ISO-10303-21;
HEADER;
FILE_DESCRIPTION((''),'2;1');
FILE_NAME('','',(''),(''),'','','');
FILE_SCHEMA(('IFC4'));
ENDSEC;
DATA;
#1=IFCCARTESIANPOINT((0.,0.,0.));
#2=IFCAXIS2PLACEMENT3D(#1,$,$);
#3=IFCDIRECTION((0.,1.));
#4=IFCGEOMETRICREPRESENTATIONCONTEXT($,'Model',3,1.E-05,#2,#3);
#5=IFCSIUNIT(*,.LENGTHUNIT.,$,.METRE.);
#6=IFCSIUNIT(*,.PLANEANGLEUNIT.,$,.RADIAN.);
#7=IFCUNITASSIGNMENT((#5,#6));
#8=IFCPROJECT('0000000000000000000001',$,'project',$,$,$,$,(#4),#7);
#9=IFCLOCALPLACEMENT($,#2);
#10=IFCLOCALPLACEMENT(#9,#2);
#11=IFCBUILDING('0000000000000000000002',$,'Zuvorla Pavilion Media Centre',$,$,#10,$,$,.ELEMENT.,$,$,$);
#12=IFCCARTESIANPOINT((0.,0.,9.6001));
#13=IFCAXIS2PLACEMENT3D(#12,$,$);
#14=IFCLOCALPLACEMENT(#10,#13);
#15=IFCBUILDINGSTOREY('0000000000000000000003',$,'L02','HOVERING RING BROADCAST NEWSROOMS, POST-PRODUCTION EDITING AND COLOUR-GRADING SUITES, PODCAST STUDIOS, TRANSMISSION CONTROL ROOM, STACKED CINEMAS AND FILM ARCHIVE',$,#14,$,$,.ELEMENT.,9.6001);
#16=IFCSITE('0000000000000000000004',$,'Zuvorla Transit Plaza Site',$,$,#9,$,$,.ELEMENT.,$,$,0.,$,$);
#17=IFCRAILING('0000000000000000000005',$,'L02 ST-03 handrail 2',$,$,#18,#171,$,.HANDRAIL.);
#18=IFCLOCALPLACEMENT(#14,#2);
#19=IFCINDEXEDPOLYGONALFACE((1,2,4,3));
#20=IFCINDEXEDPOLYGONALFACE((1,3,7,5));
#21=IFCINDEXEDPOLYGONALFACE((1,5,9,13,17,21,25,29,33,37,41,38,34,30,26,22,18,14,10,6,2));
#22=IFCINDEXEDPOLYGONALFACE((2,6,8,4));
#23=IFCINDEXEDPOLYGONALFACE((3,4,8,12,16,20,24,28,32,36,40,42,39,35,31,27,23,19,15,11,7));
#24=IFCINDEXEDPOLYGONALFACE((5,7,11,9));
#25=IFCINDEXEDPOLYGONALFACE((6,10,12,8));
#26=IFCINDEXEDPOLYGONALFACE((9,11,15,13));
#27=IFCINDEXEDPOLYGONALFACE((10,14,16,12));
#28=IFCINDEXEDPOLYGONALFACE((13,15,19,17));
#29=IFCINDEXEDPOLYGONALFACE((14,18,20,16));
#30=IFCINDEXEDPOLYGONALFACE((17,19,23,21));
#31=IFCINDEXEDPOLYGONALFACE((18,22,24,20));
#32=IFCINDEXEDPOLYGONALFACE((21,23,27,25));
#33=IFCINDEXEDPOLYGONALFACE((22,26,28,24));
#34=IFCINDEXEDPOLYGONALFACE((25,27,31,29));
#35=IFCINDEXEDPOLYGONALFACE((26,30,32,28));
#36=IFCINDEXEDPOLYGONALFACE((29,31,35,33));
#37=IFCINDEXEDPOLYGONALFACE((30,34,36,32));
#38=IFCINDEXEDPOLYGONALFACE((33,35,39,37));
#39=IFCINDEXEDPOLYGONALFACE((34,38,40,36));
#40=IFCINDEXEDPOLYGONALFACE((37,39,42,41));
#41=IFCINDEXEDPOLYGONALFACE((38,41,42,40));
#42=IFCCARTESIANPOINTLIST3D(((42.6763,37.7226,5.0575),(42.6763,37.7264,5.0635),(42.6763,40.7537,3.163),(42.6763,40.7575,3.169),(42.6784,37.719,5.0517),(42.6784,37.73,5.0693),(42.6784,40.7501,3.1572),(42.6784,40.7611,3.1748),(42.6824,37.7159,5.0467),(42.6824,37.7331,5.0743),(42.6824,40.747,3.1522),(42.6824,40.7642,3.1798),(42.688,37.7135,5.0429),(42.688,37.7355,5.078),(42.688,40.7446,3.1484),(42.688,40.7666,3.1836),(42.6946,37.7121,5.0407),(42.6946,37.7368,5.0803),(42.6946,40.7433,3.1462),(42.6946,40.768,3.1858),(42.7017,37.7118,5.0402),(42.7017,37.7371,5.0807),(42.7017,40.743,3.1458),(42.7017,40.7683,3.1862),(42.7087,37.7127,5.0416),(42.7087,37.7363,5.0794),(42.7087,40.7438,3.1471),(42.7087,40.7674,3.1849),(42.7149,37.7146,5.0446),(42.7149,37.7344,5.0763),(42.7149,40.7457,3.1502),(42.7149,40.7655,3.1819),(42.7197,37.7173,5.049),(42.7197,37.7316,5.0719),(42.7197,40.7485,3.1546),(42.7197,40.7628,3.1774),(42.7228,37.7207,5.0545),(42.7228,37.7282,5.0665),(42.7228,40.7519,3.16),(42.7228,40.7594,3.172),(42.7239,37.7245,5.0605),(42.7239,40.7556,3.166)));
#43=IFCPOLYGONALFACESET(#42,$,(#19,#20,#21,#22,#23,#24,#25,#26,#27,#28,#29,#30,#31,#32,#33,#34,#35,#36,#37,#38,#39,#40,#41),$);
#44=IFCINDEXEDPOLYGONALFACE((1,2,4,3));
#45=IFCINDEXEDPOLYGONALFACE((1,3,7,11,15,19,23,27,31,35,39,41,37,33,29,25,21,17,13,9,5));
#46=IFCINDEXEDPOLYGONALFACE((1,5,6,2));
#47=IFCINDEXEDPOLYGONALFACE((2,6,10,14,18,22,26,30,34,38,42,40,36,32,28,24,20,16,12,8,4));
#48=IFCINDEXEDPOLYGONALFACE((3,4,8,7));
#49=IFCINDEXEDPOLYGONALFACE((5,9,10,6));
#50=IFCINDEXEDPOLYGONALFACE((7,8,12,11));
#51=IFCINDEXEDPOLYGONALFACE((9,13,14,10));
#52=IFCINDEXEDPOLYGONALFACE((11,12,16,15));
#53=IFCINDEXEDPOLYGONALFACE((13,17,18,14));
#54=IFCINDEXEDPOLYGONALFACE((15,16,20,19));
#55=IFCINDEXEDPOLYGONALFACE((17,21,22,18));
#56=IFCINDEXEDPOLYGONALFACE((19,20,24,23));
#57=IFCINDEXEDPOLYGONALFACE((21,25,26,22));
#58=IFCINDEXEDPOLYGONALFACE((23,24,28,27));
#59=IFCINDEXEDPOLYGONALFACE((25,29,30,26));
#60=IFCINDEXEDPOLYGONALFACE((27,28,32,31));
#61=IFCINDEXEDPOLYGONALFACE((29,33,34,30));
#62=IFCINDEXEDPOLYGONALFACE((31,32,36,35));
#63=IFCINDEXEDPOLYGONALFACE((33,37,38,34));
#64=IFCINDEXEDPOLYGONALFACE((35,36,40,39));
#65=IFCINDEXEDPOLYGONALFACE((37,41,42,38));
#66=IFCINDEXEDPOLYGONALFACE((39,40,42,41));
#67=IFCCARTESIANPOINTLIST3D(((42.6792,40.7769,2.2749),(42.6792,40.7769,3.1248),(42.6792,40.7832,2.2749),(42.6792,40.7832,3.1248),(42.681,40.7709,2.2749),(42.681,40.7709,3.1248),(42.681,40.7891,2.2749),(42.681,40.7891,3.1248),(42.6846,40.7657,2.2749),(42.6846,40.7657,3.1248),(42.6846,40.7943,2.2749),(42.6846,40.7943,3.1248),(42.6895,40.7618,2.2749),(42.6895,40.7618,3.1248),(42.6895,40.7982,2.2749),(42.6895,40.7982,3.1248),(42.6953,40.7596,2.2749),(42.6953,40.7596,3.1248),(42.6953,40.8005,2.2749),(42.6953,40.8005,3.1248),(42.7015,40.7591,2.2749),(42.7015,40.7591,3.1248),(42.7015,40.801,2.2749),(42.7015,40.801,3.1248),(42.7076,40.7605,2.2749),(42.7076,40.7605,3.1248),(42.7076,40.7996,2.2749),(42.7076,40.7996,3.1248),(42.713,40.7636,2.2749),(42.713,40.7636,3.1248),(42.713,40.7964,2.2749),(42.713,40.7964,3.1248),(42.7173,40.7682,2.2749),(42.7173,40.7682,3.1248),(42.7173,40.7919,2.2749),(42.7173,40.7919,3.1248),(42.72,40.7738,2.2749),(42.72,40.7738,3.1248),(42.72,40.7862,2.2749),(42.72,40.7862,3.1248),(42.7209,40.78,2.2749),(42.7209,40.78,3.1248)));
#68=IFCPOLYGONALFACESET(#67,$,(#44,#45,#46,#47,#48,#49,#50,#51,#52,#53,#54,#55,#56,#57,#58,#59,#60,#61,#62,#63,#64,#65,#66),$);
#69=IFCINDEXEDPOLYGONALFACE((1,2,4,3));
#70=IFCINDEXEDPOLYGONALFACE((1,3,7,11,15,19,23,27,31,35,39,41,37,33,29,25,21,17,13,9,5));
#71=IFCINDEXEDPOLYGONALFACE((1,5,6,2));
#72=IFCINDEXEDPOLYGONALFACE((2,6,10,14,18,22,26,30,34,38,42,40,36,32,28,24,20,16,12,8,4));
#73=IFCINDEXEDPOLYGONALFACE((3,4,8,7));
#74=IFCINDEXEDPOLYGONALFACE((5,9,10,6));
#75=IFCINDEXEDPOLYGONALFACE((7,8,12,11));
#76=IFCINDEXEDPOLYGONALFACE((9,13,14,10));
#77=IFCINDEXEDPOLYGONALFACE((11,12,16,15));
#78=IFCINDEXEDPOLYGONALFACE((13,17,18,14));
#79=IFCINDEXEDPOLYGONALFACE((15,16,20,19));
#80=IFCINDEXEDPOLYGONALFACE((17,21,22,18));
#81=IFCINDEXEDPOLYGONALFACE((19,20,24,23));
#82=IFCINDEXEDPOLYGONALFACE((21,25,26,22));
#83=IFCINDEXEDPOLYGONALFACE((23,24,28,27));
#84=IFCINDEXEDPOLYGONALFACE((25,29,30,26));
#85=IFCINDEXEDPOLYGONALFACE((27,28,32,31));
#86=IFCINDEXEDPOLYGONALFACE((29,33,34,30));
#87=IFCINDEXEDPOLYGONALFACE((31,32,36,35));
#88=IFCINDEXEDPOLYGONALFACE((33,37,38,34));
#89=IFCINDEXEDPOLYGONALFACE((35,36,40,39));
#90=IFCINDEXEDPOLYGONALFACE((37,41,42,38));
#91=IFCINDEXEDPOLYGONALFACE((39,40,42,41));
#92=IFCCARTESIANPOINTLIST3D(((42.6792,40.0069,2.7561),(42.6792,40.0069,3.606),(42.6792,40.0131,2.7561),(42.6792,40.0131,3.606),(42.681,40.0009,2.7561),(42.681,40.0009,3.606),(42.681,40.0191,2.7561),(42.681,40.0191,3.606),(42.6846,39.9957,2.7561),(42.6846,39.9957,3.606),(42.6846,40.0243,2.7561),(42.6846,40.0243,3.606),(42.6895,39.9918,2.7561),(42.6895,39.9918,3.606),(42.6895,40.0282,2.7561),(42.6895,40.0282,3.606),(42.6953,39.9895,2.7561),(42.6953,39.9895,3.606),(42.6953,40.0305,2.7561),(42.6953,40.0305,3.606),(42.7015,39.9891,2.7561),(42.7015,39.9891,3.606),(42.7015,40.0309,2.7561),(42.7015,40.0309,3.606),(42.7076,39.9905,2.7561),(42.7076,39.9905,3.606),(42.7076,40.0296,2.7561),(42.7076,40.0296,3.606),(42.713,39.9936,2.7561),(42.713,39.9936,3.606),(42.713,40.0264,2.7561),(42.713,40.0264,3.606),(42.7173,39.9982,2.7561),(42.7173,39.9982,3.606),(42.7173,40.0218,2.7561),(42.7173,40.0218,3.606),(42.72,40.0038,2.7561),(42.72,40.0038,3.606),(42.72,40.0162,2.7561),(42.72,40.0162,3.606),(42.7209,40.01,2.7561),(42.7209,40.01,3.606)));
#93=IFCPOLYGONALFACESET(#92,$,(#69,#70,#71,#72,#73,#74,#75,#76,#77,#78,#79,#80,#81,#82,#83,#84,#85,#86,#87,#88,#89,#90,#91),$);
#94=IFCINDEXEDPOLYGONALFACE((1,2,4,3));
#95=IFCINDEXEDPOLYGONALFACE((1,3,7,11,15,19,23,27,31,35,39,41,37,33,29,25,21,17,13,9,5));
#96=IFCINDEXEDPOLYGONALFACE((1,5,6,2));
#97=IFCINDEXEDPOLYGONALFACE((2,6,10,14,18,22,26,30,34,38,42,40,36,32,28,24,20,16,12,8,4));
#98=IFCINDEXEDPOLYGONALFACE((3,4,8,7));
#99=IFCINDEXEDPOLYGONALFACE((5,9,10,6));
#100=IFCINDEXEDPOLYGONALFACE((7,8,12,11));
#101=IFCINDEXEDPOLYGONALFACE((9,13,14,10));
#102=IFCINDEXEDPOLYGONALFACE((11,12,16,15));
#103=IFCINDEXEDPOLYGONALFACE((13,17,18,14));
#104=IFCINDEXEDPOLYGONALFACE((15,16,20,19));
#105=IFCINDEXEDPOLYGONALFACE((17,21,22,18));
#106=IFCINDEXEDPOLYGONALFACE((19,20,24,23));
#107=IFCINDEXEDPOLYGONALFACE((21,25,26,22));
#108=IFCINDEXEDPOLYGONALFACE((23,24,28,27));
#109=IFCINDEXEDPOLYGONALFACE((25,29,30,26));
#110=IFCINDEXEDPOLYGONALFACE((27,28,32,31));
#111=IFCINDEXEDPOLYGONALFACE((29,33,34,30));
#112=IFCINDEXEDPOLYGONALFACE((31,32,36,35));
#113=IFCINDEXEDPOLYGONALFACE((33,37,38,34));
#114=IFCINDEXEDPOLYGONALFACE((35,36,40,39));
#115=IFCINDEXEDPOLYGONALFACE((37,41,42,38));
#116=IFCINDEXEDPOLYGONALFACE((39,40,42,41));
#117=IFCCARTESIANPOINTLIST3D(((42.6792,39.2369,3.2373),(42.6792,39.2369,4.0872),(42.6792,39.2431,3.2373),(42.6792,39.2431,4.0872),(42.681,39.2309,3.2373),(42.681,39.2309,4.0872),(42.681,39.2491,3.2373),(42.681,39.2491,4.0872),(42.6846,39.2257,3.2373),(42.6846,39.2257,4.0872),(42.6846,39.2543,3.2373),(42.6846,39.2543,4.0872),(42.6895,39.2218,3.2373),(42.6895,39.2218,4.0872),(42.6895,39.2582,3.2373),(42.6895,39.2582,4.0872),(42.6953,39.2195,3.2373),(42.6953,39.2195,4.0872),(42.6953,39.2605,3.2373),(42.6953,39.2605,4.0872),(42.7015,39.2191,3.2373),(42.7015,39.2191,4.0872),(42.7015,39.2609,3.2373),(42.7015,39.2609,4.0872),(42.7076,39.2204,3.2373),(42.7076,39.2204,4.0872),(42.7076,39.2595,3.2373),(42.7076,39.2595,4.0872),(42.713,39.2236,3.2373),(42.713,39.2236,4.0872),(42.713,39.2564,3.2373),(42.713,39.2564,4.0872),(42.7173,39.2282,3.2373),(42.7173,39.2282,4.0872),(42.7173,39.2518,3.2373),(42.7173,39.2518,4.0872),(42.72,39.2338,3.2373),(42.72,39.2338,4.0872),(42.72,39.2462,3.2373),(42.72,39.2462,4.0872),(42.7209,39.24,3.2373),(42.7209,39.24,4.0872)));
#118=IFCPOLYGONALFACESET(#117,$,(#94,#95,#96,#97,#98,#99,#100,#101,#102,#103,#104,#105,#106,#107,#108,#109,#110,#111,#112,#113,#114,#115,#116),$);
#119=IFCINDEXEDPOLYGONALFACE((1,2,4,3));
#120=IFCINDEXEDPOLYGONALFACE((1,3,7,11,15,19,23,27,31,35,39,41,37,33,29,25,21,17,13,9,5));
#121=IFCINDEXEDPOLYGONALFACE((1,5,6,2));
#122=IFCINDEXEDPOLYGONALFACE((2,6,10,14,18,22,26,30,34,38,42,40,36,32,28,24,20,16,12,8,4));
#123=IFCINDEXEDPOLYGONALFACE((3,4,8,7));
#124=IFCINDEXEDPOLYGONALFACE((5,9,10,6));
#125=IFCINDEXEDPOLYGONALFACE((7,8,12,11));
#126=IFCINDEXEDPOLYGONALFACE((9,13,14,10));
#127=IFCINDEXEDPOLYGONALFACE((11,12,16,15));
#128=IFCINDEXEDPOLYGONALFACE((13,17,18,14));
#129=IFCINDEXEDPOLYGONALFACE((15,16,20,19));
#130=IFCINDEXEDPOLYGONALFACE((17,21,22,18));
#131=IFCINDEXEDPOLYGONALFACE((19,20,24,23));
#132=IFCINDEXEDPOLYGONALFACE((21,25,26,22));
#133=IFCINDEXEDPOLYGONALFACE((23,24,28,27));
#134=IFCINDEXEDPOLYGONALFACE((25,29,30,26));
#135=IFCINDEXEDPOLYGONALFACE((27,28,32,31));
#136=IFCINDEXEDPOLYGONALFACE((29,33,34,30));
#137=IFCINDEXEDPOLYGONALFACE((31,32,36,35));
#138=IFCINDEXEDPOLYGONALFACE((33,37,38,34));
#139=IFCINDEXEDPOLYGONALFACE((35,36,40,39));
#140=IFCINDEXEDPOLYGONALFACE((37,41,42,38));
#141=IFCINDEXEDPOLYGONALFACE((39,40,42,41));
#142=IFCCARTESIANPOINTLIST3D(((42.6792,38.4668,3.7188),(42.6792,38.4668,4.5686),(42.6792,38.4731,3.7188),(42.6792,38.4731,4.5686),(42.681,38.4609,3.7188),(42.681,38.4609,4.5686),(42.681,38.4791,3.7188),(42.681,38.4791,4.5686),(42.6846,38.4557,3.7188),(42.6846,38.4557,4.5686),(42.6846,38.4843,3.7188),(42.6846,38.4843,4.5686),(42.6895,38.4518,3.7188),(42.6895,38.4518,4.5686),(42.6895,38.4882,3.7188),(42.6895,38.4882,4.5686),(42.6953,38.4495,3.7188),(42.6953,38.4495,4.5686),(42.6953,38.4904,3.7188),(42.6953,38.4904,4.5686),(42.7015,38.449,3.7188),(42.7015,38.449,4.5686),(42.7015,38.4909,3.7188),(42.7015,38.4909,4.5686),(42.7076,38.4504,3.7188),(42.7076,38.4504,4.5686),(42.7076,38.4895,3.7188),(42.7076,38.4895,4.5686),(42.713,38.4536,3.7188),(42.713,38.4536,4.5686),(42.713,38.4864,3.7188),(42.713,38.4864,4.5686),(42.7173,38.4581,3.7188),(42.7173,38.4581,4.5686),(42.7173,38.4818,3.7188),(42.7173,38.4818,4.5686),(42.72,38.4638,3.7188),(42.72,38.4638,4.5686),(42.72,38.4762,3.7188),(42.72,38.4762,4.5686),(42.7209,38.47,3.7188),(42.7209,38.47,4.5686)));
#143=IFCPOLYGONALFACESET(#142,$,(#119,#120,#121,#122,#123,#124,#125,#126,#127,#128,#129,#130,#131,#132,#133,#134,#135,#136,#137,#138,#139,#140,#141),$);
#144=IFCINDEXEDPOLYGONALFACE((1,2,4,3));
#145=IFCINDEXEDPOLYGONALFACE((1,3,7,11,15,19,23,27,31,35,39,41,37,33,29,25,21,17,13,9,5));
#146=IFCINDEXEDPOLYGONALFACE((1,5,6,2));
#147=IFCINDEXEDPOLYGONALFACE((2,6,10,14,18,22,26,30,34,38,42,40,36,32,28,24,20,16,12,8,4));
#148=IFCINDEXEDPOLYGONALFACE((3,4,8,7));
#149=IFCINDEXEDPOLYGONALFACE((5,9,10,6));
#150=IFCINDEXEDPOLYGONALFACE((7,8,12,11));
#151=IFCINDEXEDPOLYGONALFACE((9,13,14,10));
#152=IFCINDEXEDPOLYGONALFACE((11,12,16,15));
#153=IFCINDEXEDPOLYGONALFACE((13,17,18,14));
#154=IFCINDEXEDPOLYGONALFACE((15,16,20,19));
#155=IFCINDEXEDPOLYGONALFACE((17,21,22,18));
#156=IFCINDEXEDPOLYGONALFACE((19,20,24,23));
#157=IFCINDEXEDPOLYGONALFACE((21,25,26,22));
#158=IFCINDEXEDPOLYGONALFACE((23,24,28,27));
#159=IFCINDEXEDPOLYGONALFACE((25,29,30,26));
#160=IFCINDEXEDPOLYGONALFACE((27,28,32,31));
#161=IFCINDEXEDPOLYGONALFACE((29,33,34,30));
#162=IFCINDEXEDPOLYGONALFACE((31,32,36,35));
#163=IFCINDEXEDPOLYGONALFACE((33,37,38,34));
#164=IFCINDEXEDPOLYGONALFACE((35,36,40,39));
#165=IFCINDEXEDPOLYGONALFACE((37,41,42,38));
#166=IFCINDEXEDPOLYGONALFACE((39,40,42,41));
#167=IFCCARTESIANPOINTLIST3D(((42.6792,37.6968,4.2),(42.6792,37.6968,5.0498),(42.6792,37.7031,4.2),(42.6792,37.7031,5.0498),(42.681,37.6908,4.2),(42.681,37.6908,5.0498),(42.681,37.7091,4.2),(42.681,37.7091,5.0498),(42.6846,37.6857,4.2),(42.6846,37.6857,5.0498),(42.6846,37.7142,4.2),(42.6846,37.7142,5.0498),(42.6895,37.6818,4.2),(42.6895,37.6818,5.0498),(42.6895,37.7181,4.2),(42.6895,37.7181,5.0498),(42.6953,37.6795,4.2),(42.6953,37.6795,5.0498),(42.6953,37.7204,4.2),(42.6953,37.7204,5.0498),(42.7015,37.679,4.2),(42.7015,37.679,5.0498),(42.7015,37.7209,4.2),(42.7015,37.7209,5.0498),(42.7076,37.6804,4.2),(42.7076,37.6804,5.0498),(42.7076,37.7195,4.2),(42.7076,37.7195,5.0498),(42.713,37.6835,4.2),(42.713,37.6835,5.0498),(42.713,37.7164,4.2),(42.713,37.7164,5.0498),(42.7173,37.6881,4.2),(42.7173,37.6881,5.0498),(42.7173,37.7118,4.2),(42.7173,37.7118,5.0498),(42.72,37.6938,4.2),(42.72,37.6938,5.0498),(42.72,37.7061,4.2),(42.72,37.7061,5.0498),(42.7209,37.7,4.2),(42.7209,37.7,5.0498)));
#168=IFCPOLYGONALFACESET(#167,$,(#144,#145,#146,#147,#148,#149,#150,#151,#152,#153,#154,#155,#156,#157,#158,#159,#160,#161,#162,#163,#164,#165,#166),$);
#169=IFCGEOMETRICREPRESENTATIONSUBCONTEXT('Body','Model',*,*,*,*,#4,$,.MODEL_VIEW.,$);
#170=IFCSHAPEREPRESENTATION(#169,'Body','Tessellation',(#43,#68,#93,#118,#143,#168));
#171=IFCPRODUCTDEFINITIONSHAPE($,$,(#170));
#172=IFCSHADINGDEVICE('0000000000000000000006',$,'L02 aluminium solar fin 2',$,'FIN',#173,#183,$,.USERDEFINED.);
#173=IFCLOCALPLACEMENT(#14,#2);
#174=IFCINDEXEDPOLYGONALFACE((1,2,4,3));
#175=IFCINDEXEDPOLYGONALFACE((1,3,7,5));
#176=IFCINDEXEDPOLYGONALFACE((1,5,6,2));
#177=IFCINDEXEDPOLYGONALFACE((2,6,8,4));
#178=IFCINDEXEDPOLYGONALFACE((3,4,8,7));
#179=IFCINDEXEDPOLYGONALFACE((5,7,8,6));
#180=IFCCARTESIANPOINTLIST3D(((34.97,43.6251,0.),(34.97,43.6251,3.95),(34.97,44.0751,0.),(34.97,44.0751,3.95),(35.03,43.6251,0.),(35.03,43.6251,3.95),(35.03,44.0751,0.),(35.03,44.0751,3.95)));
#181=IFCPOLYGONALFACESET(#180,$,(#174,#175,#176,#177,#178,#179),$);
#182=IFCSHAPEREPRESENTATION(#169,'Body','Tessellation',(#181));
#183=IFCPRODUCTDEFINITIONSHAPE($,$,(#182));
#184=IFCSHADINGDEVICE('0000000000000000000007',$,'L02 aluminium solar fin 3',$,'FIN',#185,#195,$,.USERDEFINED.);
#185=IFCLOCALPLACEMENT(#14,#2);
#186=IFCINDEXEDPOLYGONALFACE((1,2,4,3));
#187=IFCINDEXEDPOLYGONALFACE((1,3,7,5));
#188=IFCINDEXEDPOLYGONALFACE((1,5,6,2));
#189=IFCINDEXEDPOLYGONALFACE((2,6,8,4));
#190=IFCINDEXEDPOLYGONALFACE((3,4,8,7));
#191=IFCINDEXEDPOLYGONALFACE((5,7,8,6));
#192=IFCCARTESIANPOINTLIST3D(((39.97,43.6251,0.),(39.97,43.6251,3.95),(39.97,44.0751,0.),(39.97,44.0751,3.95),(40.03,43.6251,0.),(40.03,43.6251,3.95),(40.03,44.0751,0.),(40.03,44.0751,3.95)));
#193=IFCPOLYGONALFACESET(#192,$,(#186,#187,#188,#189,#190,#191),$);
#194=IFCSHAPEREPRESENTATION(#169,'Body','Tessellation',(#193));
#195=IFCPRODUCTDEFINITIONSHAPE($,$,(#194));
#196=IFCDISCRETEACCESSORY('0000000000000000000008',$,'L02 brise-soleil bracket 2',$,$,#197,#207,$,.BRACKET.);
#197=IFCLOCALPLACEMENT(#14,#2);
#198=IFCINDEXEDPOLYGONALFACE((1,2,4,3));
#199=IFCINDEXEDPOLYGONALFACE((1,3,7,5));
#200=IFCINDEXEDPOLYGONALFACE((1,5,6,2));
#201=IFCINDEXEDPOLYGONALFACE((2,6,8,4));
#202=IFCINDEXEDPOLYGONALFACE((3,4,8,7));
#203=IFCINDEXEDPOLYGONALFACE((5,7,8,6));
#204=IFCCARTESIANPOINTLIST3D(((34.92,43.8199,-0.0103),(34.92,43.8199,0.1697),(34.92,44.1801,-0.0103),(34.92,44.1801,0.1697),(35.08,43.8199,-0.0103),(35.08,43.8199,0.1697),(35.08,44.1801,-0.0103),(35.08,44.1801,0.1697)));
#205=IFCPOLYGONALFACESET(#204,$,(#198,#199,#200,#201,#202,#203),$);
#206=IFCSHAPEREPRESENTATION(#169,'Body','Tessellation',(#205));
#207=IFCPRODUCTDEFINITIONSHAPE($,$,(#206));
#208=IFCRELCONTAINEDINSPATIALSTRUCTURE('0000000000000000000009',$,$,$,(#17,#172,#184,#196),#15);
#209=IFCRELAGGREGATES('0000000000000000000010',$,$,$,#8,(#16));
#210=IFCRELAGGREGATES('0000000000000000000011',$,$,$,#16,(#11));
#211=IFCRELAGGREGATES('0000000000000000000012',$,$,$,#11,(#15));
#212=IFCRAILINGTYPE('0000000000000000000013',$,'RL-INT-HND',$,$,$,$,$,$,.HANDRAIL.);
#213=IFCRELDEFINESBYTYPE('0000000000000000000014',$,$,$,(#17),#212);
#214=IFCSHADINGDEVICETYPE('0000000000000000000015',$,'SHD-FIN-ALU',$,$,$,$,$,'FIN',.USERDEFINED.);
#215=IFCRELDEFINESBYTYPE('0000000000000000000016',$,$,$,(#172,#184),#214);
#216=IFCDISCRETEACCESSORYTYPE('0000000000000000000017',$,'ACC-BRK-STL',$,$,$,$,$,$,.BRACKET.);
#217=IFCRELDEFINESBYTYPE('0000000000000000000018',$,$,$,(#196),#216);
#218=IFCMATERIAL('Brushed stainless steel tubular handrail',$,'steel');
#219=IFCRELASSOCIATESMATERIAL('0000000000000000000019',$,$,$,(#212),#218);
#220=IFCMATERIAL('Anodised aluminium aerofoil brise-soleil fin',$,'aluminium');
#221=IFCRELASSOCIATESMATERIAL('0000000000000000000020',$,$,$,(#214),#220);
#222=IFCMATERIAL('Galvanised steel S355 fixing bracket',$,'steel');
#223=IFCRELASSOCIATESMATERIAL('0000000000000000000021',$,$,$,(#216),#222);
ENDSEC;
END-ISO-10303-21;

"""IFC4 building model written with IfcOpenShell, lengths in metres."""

from ifc_helpers import new_model, si_unit, direction, frame, origin, origin_2d, place, context, subcontext, project, spatial, rectangle, circle, extrude, material, type_object, element, save


model = new_model("IFC4")

# Units and contexts
model_context = context("Model", 3, precision=1e-05, world=origin(), true_north=direction((0.0, 1.0)))
body_context = subcontext(model_context, "Body", "Model", "MODEL_VIEW")
ifc_project = project(units=[si_unit("LENGTHUNIT", "METRE"), si_unit("PLANEANGLEUNIT", "RADIAN")], contexts=[model_context])

# Site, building, storey
site_placement = place(None, origin())
site = spatial("IfcSite", under=ifc_project, at=site_placement, Name="Zuvorla Transit Plaza Site", CompositionType="ELEMENT", RefElevation=0.0)
building_placement = place(site_placement, origin())
building = spatial("IfcBuilding", under=site, at=building_placement, Name="Zuvorla Pavilion Media Centre", CompositionType="ELEMENT")
storey_placement = place(building_placement, frame((0.0, 0.0, 9.6001)))
storey = spatial("IfcBuildingStorey", under=building, at=storey_placement, Name="L02", Description="HOVERING RING BROADCAST NEWSROOMS, POST-PRODUCTION EDITING AND COLOUR-GRADING SUITES, PODCAST STUDIOS, TRANSMISSION CONTROL ROOM, STACKED CINEMAS AND FILM ARCHIVE", CompositionType="ELEMENT", Elevation=9.6001)

# Railing
ifc_material_1 = material(Name="Brushed stainless steel tubular handrail", Category="steel")
railing_type_1 = type_object("IfcRailingType", Name="RL-INT-HND", PredefinedType="HANDRAIL", material=ifc_material_1)
railing_1_placement = place(storey_placement, frame((42.7, 40.78, 2.2749)))
element("IfcRailing", 1, at=railing_1_placement, inside=storey, type_object=railing_type_1, Name="L02 ST-03 handrail 2", PredefinedType="HANDRAIL", context=body_context, shape_type="SweptSolid", body=[
    extrude(circle(Radius=0.0239, at=origin_2d()), frame((0.0, -0.0244, 0.8911), z_axis=(0.0, -0.847998, 0.529999), x_axis=(1.0, 0.0, 0.0)), (0.0, 0.0, 1.0), 3.5745),
    extrude(circle(Radius=0.021, at=origin_2d()), origin(), (0.0, 0.0, 1.0), 0.8499),
    extrude(circle(Radius=0.021, at=origin_2d()), frame((0.0, -0.77, 0.4812)), (0.0, 0.0, 1.0), 0.8499),
    extrude(circle(Radius=0.021, at=origin_2d()), frame((0.0, -1.54, 0.9624)), (0.0, 0.0, 1.0), 0.8499),
    extrude(circle(Radius=0.021, at=origin_2d()), frame((0.0, -2.3101, 1.4438)), (0.0, 0.0, 1.0), 0.8499),
    extrude(circle(Radius=0.021, at=origin_2d()), frame((0.0, -3.0801, 1.925)), (0.0, 0.0, 1.0), 0.8499),
])

# Shading devices
ifc_material_2 = material(Name="Anodised aluminium aerofoil brise-soleil fin", Category="aluminium")
shading_device_type = type_object("IfcShadingDeviceType", Name="SHD-FIN-ALU", ElementType="FIN", PredefinedType="USERDEFINED", material=ifc_material_2)
for number, where, z_axis, x_axis, name in (
    (2, (35.0, 43.8501, 0.0), (0.0, 0.0, 1.0), (1.0, 0.0, 0.0), "L02 aluminium solar fin 2"),
    (3, (40.0, 43.8501, 0.0), (0.0, 0.0, 1.0), (1.0, 0.0, 0.0), "L02 aluminium solar fin 3"),
):
    element("IfcShadingDevice", number, at=place(storey_placement, frame(where, z_axis=z_axis, x_axis=x_axis)), inside=storey, type_object=shading_device_type, Name=name, ObjectType="FIN", PredefinedType="USERDEFINED", context=body_context, shape_type="SweptSolid", body=[
        extrude(rectangle(XDim=0.0601, YDim=0.45, at=origin_2d()), origin(), (0.0, 0.0, 1.0), 3.95),
    ])

# Discrete accessory
ifc_material_3 = material(Name="Galvanised steel S355 fixing bracket", Category="steel")
discrete_accessory_type = type_object("IfcDiscreteAccessoryType", Name="ACC-BRK-STL", PredefinedType="BRACKET", material=ifc_material_3)
for number, where, z_axis, x_axis, name in (
    (4, (35.0, 44.0, -0.0103), (0.0, 0.0, 1.0), (1.0, 0.0, 0.0), "L02 brise-soleil bracket 2"),
):
    element("IfcDiscreteAccessory", number, at=place(storey_placement, frame(where, z_axis=z_axis, x_axis=x_axis)), inside=storey, type_object=discrete_accessory_type, Name=name, PredefinedType="BRACKET", context=body_context, shape_type="SweptSolid", body=[
        extrude(rectangle(XDim=0.1599, YDim=0.3601, at=origin_2d()), origin(), (0.0, 0.0, 1.0), 0.1799),
    ])

save(model, "model.ifc")
